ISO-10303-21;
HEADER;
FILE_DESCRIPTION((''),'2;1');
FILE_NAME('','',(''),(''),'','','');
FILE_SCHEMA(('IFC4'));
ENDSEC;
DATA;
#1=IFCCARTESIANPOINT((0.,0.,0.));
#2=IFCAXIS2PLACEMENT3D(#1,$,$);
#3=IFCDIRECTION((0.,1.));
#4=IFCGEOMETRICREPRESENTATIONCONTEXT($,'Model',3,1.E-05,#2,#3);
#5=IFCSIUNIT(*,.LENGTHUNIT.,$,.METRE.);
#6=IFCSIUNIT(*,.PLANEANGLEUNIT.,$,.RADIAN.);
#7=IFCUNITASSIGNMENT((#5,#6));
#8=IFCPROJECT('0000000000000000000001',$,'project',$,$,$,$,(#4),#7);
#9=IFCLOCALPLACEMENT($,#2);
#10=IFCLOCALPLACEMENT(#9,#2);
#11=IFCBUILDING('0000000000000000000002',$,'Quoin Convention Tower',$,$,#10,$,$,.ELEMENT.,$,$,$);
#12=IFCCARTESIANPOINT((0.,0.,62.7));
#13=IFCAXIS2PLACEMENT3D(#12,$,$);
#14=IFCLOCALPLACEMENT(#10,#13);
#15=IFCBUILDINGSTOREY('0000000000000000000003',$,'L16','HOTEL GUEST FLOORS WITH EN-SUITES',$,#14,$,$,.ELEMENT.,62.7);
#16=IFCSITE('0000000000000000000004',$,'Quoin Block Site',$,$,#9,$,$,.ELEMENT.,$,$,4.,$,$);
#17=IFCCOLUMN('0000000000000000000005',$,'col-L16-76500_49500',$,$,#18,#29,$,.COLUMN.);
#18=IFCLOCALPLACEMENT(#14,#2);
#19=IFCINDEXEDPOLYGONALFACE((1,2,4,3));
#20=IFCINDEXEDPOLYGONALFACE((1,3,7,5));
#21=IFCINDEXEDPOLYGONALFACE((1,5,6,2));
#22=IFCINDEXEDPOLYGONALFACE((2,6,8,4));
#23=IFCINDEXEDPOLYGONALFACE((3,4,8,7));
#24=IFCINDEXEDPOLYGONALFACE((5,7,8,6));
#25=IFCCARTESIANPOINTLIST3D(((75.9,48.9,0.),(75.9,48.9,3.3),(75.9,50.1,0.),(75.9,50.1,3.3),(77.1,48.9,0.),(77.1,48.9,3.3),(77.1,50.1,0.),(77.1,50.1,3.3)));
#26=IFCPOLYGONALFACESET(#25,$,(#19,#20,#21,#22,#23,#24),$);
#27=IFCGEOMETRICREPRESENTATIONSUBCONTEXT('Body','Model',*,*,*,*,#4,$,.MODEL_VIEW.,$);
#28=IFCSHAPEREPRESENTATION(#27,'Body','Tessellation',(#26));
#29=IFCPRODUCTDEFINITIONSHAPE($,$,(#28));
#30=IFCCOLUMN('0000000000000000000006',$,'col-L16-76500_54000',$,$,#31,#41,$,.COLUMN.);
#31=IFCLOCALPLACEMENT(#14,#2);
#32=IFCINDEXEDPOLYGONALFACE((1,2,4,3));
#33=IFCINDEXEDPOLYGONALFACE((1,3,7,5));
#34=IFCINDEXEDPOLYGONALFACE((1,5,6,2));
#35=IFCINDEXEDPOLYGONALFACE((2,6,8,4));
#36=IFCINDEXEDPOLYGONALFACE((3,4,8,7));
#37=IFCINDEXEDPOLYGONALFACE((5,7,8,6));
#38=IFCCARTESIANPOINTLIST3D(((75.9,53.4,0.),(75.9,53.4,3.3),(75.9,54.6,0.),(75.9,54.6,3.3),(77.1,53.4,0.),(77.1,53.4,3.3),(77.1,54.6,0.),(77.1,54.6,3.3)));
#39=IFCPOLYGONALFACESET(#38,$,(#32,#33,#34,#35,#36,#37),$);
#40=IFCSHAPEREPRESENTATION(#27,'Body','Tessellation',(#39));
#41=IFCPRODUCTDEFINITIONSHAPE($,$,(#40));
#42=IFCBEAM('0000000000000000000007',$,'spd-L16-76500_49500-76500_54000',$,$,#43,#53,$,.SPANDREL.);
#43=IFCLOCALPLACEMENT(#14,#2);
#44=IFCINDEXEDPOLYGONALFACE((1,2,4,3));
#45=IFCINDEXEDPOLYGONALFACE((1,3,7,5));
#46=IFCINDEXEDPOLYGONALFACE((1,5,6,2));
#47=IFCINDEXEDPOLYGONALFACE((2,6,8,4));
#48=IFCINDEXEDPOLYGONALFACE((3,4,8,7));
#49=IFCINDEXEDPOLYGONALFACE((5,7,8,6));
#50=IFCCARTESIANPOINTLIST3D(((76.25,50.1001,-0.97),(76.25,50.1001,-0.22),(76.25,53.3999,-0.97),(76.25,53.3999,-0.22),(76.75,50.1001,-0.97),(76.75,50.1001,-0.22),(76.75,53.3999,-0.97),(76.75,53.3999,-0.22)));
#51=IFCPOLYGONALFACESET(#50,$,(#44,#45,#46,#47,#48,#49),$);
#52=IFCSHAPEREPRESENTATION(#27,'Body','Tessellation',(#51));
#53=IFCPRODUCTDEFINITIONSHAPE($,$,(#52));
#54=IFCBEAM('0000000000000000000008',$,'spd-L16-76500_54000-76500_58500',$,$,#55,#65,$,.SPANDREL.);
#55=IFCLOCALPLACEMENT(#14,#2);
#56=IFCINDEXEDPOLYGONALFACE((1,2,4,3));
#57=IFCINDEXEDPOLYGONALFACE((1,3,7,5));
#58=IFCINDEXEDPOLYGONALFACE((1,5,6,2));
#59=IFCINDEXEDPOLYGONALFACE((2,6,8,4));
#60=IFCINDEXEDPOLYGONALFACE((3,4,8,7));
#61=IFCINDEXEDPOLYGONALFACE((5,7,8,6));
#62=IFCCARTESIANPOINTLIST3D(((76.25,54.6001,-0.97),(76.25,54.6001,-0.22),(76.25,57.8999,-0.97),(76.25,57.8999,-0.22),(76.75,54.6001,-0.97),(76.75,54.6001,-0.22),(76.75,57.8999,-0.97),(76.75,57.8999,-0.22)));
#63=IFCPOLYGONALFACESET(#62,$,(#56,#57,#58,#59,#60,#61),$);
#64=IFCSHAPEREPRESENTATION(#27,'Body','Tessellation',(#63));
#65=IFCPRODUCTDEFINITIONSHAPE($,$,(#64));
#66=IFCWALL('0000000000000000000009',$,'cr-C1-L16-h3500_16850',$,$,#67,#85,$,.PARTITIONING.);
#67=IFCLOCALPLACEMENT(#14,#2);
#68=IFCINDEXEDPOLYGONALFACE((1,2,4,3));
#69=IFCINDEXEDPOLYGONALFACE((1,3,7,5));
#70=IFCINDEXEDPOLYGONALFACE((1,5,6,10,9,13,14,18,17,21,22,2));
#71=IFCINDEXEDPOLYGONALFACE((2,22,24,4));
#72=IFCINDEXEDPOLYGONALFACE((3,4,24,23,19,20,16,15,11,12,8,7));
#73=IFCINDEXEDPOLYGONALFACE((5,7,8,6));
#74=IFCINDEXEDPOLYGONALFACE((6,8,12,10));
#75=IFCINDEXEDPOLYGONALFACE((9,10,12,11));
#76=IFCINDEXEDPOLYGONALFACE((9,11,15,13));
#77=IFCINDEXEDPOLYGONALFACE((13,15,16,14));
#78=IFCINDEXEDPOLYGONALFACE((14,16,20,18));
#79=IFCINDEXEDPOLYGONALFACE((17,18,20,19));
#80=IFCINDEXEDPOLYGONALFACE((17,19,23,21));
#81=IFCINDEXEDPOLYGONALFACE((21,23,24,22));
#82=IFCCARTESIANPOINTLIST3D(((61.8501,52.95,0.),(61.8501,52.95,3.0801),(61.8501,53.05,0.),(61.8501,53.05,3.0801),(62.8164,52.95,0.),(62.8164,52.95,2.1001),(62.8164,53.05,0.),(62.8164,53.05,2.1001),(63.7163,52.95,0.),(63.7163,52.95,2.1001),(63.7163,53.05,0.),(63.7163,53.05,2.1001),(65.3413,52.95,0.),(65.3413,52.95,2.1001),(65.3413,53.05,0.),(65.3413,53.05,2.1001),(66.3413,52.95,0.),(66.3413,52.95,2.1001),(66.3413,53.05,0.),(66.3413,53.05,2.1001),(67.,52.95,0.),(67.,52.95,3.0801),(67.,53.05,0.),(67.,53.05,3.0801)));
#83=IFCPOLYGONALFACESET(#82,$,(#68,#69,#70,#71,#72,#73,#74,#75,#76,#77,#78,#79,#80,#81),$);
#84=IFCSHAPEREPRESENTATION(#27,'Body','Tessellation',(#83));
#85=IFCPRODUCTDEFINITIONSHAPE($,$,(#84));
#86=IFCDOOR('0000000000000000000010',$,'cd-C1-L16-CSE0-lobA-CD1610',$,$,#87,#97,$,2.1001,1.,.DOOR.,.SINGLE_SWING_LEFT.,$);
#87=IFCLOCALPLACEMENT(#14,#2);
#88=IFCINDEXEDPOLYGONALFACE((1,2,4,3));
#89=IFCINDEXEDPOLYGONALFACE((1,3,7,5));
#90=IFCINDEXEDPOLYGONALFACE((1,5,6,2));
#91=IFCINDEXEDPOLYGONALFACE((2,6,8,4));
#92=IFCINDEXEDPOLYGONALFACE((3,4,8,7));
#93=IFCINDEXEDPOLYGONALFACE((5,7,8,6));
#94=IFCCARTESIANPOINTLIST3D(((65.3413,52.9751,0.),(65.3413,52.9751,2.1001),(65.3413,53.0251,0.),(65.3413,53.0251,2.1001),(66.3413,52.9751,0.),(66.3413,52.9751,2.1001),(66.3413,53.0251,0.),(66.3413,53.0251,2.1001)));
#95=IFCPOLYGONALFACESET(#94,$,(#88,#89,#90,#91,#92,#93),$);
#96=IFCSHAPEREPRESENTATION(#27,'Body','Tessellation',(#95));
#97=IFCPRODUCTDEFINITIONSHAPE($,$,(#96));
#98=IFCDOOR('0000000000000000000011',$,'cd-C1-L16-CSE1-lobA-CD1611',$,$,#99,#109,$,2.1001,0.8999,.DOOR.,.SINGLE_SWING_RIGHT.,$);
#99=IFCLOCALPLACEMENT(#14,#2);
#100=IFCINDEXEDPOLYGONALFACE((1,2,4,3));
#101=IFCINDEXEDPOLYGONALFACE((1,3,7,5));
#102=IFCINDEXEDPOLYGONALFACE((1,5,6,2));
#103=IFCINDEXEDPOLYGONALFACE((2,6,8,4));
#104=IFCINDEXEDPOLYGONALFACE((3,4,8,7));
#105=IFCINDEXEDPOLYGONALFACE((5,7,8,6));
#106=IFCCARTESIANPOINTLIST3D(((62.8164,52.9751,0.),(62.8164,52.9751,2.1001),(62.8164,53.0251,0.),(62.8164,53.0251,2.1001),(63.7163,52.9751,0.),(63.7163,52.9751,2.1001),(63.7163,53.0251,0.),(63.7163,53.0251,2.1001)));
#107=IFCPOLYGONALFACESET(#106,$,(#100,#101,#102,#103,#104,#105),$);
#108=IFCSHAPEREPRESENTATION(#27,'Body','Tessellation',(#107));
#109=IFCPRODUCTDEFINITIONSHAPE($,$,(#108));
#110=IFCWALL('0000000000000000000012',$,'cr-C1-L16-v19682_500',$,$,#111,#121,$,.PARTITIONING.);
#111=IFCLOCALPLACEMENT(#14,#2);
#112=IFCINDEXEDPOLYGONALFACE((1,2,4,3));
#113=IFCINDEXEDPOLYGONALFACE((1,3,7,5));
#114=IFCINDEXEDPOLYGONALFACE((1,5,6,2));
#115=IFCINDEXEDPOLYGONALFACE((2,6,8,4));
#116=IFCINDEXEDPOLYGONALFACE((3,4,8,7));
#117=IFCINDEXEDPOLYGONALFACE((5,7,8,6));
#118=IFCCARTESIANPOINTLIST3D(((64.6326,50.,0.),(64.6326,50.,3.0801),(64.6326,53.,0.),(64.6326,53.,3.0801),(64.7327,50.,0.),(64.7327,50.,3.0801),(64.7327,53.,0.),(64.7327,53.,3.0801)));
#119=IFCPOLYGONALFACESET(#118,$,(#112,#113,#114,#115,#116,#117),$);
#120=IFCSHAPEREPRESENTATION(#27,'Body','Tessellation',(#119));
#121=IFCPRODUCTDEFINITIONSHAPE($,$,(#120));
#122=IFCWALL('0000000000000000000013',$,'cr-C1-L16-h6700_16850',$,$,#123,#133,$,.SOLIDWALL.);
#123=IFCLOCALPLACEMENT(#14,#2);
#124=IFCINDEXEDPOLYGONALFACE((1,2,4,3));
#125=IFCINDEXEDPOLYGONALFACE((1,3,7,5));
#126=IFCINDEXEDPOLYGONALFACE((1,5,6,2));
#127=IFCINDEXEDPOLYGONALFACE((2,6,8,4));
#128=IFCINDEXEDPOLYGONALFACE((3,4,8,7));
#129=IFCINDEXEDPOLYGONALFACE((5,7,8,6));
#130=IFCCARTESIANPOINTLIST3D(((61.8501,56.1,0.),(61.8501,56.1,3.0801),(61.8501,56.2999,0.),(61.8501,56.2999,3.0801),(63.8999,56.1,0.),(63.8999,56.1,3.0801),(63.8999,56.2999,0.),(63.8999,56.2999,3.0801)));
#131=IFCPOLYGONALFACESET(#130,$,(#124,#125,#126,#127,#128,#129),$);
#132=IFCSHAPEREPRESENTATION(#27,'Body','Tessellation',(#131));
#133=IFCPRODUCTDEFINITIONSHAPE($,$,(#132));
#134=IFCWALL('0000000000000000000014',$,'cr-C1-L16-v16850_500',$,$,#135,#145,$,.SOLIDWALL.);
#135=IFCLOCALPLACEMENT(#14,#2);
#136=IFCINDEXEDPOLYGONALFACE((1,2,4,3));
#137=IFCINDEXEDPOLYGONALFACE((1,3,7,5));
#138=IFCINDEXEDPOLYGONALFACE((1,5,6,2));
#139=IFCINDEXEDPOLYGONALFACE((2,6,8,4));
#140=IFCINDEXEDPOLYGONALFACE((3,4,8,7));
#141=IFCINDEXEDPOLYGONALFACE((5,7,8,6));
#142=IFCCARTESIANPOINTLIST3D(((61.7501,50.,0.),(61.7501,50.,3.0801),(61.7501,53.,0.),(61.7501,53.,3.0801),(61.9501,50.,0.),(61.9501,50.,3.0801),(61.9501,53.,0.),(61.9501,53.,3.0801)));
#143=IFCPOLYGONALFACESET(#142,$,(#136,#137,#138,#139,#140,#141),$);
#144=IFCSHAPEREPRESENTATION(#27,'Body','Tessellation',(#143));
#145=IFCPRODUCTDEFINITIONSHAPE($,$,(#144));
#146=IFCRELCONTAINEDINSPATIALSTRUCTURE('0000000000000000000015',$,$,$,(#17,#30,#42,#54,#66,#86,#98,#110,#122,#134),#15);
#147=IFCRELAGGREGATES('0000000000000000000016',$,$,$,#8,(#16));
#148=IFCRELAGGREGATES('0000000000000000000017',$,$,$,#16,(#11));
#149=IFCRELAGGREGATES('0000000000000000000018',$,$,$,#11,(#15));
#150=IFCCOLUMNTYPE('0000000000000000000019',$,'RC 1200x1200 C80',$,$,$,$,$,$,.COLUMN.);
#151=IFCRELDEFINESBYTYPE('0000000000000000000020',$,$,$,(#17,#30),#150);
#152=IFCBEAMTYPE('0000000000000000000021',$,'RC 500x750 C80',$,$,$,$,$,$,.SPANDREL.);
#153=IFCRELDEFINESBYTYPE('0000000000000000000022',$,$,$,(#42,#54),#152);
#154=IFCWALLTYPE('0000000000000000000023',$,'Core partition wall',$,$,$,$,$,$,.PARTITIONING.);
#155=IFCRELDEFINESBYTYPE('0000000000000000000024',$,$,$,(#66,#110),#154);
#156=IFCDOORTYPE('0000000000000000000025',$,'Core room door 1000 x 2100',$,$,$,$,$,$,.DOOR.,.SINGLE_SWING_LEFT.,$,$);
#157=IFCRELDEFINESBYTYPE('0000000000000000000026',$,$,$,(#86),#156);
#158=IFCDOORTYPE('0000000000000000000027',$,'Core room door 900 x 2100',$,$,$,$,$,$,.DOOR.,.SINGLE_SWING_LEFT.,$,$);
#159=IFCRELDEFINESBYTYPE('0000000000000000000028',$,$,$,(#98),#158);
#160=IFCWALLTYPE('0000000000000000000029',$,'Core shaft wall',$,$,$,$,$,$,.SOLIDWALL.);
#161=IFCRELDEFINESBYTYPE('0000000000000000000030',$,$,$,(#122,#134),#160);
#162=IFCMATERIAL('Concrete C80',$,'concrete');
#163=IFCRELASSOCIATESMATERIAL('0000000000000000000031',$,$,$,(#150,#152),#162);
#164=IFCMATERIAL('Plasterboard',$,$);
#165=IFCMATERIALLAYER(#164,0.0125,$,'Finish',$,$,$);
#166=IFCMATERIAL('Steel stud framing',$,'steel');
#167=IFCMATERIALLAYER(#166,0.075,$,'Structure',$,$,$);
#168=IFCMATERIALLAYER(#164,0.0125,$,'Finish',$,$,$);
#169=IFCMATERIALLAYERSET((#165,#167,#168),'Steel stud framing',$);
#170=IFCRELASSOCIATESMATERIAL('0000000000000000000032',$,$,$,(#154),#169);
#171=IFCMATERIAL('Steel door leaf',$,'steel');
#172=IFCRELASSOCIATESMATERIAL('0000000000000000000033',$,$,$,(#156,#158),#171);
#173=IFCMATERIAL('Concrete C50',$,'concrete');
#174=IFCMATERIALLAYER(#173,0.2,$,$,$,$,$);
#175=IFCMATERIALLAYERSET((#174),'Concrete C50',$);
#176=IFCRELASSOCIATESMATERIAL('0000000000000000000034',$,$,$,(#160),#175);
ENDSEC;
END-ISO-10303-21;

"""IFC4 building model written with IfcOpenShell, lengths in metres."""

from ifc_helpers import new_model, si_unit, direction, frame, frame_2d, origin, origin_2d, place, context, subcontext, project, spatial, rectangle, extrude, material, layer, layer_set, material_profile, profile_set, type_object, element, fill, save


model = new_model("IFC4")

# Units and contexts
model_context = context("Model", 3, precision=1e-05, world=origin(), true_north=direction((0.0, 1.0)))
body_context = subcontext(model_context, "Body", "Model", "MODEL_VIEW")
ifc_project = project(units=[si_unit("LENGTHUNIT", "METRE"), si_unit("PLANEANGLEUNIT", "RADIAN")], contexts=[model_context])

# Site, building, storey
site_placement = place(None, origin())
site = spatial("IfcSite", under=ifc_project, at=site_placement, Name="Quoin Block Site", CompositionType="ELEMENT", RefElevation=4.0)
building_placement = place(site_placement, origin())
building = spatial("IfcBuilding", under=site, at=building_placement, Name="Quoin Convention Tower", CompositionType="ELEMENT")
storey_placement = place(building_placement, frame((0.0, 0.0, 62.7)))
storey = spatial("IfcBuildingStorey", under=building, at=storey_placement, Name="L16", Description="HOTEL GUEST FLOORS WITH EN-SUITES", CompositionType="ELEMENT", Elevation=62.7)

# Columns
ifc_material_1 = material(Name="Concrete C80", Category="concrete")
ifc_material_profile_1 = material_profile(ifc_material_1, rectangle(XDim=1.2, YDim=1.2, at=origin_2d()), Name="RC 1200x1200")
ifc_profile_set_1 = profile_set([ifc_material_profile_1], Name="Concrete C80")
column_type = type_object("IfcColumnType", Name="RC 1200x1200 C80", PredefinedType="COLUMN", material=ifc_profile_set_1)
for number, where, z_axis, x_axis, name in (
    (1, (76.5, 49.5, 0.0), (0.0, 0.0, 1.0), (1.0, 0.0, 0.0), "col-L16-76500_49500"),
    (2, (76.5, 54.0, 0.0), (0.0, 0.0, 1.0), (1.0, 0.0, 0.0), "col-L16-76500_54000"),
):
    element("IfcColumn", number, at=place(storey_placement, frame(where, z_axis=z_axis, x_axis=x_axis)), inside=storey, type_object=column_type, Name=name, PredefinedType="COLUMN", context=body_context, shape_type="SweptSolid", body=[
        extrude(rectangle(XDim=1.2, YDim=1.2, at=origin_2d()), origin(), (0.0, 0.0, 1.0), 3.3),
    ])

# Beams
ifc_material_profile_2 = material_profile(ifc_material_1, rectangle(XDim=0.5, YDim=0.75, at=origin_2d()), Name="RC 500x750")
ifc_profile_set_2 = profile_set([ifc_material_profile_2], Name="Concrete C80")
beam_type = type_object("IfcBeamType", Name="RC 500x750 C80", PredefinedType="SPANDREL", material=ifc_profile_set_2)
for number, where, z_axis, x_axis, name in (
    (3, (76.5, 50.1001, -0.595), (0.0, 1.0, 0.0), (-1.0, 0.0, 0.0), "spd-L16-76500_49500-76500_54000"),
    (4, (76.5, 54.6001, -0.595), (0.0, 1.0, 0.0), (-1.0, 0.0, 0.0), "spd-L16-76500_54000-76500_58500"),
):
    element("IfcBeam", number, at=place(storey_placement, frame(where, z_axis=z_axis, x_axis=x_axis)), inside=storey, type_object=beam_type, Name=name, PredefinedType="SPANDREL", context=body_context, shape_type="SweptSolid", body=[
        extrude(rectangle(XDim=0.5, YDim=0.75, at=origin_2d()), origin(), (0.0, 0.0, 1.0), 3.2998),
    ])

# Wall, openings, doors
ifc_material_2 = material(Name="Plasterboard")
ifc_layer_1 = layer(ifc_material_2, 0.0125, Name="Finish")
ifc_material_3 = material(Name="Steel stud framing", Category="steel")
ifc_layer_2 = layer(ifc_material_3, 0.075, Name="Structure")
ifc_layer_3 = layer(ifc_material_2, 0.0125, Name="Finish")
ifc_layer_set_1 = layer_set([ifc_layer_1, ifc_layer_2, ifc_layer_3], Name="Steel stud framing")
wall_type_1 = type_object("IfcWallType", Name="Core partition wall", PredefinedType="PARTITIONING", material=ifc_layer_set_1)
wall_1_placement = place(storey_placement, frame((61.8501, 53.0, 0.0), z_axis=(0.0, 0.0, 1.0), x_axis=(1.0, 0.0, 0.0)))
wall_1 = element("IfcWall", 5, at=wall_1_placement, inside=storey, type_object=wall_type_1, Name="cr-C1-L16-h3500_16850", PredefinedType="PARTITIONING", context=body_context, shape_type="SweptSolid", body=[
    extrude(rectangle(XDim=5.1499, YDim=0.1001, at=frame_2d((2.575, 0.0))), origin(), (0.0, 0.0, 1.0), 3.0801),
])
opening_1_placement = place(wall_1_placement, frame((3.4912, 0.0, 0.0)))
opening_1 = element("IfcOpeningElement", 6, at=opening_1_placement, cuts=wall_1, PredefinedType="OPENING", context=body_context, shape_type="SweptSolid", body=[
    extrude(rectangle(XDim=1.0, YDim=2.1001, at=frame_2d((0.5, 1.05))), frame((0.0, 0.0601, 0.0), z_axis=(0.0, -1.0, 0.0), x_axis=(1.0, 0.0, 0.0)), (0.0, 0.0, 1.0), 0.1201),
])
opening_2_placement = place(wall_1_placement, frame((0.9663, 0.0, 0.0)))
opening_2 = element("IfcOpeningElement", 7, at=opening_2_placement, cuts=wall_1, PredefinedType="OPENING", context=body_context, shape_type="SweptSolid", body=[
    extrude(rectangle(XDim=0.8999, YDim=2.1001, at=frame_2d((0.45, 1.05))), frame((0.0, 0.0601, 0.0), z_axis=(0.0, -1.0, 0.0), x_axis=(1.0, 0.0, 0.0)), (0.0, 0.0, 1.0), 0.1201),
])
ifc_material_4 = material(Name="Steel door leaf", Category="steel")
door_type_1 = type_object("IfcDoorType", Name="Core room door 1000 x 2100", OperationType="SINGLE_SWING_LEFT", PredefinedType="DOOR", material=ifc_material_4)
door_1_placement = place(opening_1_placement, frame((1.0, 0.0, 0.0), z_axis=(0.0, 0.0, 1.0), x_axis=(-1.0, 0.0, 0.0)))
door_1 = element("IfcDoor", 8, at=door_1_placement, inside=storey, type_object=door_type_1, Name="cd-C1-L16-CSE0-lobA-CD1610", OperationType="SINGLE_SWING_LEFT", OverallHeight=2.1001, OverallWidth=1.0, PredefinedType="DOOR", context=body_context, shape_type="SweptSolid", body=[
    extrude(rectangle(XDim=1.0, YDim=2.1001, at=frame_2d((0.5, 1.05))), frame((0.0, 0.0249, 0.0), z_axis=(0.0, -1.0, 0.0), x_axis=(1.0, 0.0, 0.0)), (0.0, 0.0, 1.0), 0.05),
])
fill(opening_1, door_1)
door_type_2 = type_object("IfcDoorType", Name="Core room door 900 x 2100", OperationType="SINGLE_SWING_LEFT", PredefinedType="DOOR", material=ifc_material_4)
door_2_placement = place(opening_2_placement, frame((0.8999, 0.0, 0.0), z_axis=(0.0, 0.0, 1.0), x_axis=(-1.0, 0.0, 0.0)))
door_2 = element("IfcDoor", 9, at=door_2_placement, inside=storey, type_object=door_type_2, Name="cd-C1-L16-CSE1-lobA-CD1611", OperationType="SINGLE_SWING_RIGHT", OverallHeight=2.1001, OverallWidth=0.8999, PredefinedType="DOOR", context=body_context, shape_type="SweptSolid", body=[
    extrude(rectangle(XDim=0.8999, YDim=2.1001, at=frame_2d((0.45, 1.05))), frame((0.0, 0.0249, 0.0), z_axis=(0.0, -1.0, 0.0), x_axis=(1.0, 0.0, 0.0)), (0.0, 0.0, 1.0), 0.05),
])
fill(opening_2, door_2)

# Walls
wall_2_placement = place(storey_placement, frame((64.6826, 50.0, 0.0), z_axis=(0.0, 0.0, 1.0), x_axis=(0.0, 1.0, 0.0)))
element("IfcWall", 10, at=wall_2_placement, inside=storey, type_object=wall_type_1, Name="cr-C1-L16-v19682_500", PredefinedType="PARTITIONING", context=body_context, shape_type="SweptSolid", body=[
    extrude(rectangle(XDim=3.0, YDim=0.1001, at=frame_2d((1.5, 0.0))), origin(), (0.0, 0.0, 1.0), 3.0801),
])
ifc_material_5 = material(Name="Concrete C50", Category="concrete")
ifc_layer_4 = layer(ifc_material_5, 0.2)
ifc_layer_set_2 = layer_set([ifc_layer_4], Name="Concrete C50")
wall_type_2 = type_object("IfcWallType", Name="Core shaft wall", PredefinedType="SOLIDWALL", material=ifc_layer_set_2)
wall_3_placement = place(storey_placement, frame((61.8501, 56.2, 0.0), z_axis=(0.0, 0.0, 1.0), x_axis=(1.0, 0.0, 0.0)))
element("IfcWall", 11, at=wall_3_placement, inside=storey, type_object=wall_type_2, Name="cr-C1-L16-h6700_16850", PredefinedType="SOLIDWALL", context=body_context, shape_type="SweptSolid", body=[
    extrude(rectangle(XDim=2.0498, YDim=0.2, at=frame_2d((1.0249, 0.0))), origin(), (0.0, 0.0, 1.0), 3.0801),
])
wall_4_placement = place(storey_placement, frame((61.8501, 50.0, 0.0), z_axis=(0.0, 0.0, 1.0), x_axis=(0.0, 1.0, 0.0)))
element("IfcWall", 12, at=wall_4_placement, inside=storey, type_object=wall_type_2, Name="cr-C1-L16-v16850_500", PredefinedType="SOLIDWALL", context=body_context, shape_type="SweptSolid", body=[
    extrude(rectangle(XDim=3.0, YDim=0.2, at=frame_2d((1.5, 0.0))), origin(), (0.0, 0.0, 1.0), 3.0801),
])

save(model, "model.ifc")
